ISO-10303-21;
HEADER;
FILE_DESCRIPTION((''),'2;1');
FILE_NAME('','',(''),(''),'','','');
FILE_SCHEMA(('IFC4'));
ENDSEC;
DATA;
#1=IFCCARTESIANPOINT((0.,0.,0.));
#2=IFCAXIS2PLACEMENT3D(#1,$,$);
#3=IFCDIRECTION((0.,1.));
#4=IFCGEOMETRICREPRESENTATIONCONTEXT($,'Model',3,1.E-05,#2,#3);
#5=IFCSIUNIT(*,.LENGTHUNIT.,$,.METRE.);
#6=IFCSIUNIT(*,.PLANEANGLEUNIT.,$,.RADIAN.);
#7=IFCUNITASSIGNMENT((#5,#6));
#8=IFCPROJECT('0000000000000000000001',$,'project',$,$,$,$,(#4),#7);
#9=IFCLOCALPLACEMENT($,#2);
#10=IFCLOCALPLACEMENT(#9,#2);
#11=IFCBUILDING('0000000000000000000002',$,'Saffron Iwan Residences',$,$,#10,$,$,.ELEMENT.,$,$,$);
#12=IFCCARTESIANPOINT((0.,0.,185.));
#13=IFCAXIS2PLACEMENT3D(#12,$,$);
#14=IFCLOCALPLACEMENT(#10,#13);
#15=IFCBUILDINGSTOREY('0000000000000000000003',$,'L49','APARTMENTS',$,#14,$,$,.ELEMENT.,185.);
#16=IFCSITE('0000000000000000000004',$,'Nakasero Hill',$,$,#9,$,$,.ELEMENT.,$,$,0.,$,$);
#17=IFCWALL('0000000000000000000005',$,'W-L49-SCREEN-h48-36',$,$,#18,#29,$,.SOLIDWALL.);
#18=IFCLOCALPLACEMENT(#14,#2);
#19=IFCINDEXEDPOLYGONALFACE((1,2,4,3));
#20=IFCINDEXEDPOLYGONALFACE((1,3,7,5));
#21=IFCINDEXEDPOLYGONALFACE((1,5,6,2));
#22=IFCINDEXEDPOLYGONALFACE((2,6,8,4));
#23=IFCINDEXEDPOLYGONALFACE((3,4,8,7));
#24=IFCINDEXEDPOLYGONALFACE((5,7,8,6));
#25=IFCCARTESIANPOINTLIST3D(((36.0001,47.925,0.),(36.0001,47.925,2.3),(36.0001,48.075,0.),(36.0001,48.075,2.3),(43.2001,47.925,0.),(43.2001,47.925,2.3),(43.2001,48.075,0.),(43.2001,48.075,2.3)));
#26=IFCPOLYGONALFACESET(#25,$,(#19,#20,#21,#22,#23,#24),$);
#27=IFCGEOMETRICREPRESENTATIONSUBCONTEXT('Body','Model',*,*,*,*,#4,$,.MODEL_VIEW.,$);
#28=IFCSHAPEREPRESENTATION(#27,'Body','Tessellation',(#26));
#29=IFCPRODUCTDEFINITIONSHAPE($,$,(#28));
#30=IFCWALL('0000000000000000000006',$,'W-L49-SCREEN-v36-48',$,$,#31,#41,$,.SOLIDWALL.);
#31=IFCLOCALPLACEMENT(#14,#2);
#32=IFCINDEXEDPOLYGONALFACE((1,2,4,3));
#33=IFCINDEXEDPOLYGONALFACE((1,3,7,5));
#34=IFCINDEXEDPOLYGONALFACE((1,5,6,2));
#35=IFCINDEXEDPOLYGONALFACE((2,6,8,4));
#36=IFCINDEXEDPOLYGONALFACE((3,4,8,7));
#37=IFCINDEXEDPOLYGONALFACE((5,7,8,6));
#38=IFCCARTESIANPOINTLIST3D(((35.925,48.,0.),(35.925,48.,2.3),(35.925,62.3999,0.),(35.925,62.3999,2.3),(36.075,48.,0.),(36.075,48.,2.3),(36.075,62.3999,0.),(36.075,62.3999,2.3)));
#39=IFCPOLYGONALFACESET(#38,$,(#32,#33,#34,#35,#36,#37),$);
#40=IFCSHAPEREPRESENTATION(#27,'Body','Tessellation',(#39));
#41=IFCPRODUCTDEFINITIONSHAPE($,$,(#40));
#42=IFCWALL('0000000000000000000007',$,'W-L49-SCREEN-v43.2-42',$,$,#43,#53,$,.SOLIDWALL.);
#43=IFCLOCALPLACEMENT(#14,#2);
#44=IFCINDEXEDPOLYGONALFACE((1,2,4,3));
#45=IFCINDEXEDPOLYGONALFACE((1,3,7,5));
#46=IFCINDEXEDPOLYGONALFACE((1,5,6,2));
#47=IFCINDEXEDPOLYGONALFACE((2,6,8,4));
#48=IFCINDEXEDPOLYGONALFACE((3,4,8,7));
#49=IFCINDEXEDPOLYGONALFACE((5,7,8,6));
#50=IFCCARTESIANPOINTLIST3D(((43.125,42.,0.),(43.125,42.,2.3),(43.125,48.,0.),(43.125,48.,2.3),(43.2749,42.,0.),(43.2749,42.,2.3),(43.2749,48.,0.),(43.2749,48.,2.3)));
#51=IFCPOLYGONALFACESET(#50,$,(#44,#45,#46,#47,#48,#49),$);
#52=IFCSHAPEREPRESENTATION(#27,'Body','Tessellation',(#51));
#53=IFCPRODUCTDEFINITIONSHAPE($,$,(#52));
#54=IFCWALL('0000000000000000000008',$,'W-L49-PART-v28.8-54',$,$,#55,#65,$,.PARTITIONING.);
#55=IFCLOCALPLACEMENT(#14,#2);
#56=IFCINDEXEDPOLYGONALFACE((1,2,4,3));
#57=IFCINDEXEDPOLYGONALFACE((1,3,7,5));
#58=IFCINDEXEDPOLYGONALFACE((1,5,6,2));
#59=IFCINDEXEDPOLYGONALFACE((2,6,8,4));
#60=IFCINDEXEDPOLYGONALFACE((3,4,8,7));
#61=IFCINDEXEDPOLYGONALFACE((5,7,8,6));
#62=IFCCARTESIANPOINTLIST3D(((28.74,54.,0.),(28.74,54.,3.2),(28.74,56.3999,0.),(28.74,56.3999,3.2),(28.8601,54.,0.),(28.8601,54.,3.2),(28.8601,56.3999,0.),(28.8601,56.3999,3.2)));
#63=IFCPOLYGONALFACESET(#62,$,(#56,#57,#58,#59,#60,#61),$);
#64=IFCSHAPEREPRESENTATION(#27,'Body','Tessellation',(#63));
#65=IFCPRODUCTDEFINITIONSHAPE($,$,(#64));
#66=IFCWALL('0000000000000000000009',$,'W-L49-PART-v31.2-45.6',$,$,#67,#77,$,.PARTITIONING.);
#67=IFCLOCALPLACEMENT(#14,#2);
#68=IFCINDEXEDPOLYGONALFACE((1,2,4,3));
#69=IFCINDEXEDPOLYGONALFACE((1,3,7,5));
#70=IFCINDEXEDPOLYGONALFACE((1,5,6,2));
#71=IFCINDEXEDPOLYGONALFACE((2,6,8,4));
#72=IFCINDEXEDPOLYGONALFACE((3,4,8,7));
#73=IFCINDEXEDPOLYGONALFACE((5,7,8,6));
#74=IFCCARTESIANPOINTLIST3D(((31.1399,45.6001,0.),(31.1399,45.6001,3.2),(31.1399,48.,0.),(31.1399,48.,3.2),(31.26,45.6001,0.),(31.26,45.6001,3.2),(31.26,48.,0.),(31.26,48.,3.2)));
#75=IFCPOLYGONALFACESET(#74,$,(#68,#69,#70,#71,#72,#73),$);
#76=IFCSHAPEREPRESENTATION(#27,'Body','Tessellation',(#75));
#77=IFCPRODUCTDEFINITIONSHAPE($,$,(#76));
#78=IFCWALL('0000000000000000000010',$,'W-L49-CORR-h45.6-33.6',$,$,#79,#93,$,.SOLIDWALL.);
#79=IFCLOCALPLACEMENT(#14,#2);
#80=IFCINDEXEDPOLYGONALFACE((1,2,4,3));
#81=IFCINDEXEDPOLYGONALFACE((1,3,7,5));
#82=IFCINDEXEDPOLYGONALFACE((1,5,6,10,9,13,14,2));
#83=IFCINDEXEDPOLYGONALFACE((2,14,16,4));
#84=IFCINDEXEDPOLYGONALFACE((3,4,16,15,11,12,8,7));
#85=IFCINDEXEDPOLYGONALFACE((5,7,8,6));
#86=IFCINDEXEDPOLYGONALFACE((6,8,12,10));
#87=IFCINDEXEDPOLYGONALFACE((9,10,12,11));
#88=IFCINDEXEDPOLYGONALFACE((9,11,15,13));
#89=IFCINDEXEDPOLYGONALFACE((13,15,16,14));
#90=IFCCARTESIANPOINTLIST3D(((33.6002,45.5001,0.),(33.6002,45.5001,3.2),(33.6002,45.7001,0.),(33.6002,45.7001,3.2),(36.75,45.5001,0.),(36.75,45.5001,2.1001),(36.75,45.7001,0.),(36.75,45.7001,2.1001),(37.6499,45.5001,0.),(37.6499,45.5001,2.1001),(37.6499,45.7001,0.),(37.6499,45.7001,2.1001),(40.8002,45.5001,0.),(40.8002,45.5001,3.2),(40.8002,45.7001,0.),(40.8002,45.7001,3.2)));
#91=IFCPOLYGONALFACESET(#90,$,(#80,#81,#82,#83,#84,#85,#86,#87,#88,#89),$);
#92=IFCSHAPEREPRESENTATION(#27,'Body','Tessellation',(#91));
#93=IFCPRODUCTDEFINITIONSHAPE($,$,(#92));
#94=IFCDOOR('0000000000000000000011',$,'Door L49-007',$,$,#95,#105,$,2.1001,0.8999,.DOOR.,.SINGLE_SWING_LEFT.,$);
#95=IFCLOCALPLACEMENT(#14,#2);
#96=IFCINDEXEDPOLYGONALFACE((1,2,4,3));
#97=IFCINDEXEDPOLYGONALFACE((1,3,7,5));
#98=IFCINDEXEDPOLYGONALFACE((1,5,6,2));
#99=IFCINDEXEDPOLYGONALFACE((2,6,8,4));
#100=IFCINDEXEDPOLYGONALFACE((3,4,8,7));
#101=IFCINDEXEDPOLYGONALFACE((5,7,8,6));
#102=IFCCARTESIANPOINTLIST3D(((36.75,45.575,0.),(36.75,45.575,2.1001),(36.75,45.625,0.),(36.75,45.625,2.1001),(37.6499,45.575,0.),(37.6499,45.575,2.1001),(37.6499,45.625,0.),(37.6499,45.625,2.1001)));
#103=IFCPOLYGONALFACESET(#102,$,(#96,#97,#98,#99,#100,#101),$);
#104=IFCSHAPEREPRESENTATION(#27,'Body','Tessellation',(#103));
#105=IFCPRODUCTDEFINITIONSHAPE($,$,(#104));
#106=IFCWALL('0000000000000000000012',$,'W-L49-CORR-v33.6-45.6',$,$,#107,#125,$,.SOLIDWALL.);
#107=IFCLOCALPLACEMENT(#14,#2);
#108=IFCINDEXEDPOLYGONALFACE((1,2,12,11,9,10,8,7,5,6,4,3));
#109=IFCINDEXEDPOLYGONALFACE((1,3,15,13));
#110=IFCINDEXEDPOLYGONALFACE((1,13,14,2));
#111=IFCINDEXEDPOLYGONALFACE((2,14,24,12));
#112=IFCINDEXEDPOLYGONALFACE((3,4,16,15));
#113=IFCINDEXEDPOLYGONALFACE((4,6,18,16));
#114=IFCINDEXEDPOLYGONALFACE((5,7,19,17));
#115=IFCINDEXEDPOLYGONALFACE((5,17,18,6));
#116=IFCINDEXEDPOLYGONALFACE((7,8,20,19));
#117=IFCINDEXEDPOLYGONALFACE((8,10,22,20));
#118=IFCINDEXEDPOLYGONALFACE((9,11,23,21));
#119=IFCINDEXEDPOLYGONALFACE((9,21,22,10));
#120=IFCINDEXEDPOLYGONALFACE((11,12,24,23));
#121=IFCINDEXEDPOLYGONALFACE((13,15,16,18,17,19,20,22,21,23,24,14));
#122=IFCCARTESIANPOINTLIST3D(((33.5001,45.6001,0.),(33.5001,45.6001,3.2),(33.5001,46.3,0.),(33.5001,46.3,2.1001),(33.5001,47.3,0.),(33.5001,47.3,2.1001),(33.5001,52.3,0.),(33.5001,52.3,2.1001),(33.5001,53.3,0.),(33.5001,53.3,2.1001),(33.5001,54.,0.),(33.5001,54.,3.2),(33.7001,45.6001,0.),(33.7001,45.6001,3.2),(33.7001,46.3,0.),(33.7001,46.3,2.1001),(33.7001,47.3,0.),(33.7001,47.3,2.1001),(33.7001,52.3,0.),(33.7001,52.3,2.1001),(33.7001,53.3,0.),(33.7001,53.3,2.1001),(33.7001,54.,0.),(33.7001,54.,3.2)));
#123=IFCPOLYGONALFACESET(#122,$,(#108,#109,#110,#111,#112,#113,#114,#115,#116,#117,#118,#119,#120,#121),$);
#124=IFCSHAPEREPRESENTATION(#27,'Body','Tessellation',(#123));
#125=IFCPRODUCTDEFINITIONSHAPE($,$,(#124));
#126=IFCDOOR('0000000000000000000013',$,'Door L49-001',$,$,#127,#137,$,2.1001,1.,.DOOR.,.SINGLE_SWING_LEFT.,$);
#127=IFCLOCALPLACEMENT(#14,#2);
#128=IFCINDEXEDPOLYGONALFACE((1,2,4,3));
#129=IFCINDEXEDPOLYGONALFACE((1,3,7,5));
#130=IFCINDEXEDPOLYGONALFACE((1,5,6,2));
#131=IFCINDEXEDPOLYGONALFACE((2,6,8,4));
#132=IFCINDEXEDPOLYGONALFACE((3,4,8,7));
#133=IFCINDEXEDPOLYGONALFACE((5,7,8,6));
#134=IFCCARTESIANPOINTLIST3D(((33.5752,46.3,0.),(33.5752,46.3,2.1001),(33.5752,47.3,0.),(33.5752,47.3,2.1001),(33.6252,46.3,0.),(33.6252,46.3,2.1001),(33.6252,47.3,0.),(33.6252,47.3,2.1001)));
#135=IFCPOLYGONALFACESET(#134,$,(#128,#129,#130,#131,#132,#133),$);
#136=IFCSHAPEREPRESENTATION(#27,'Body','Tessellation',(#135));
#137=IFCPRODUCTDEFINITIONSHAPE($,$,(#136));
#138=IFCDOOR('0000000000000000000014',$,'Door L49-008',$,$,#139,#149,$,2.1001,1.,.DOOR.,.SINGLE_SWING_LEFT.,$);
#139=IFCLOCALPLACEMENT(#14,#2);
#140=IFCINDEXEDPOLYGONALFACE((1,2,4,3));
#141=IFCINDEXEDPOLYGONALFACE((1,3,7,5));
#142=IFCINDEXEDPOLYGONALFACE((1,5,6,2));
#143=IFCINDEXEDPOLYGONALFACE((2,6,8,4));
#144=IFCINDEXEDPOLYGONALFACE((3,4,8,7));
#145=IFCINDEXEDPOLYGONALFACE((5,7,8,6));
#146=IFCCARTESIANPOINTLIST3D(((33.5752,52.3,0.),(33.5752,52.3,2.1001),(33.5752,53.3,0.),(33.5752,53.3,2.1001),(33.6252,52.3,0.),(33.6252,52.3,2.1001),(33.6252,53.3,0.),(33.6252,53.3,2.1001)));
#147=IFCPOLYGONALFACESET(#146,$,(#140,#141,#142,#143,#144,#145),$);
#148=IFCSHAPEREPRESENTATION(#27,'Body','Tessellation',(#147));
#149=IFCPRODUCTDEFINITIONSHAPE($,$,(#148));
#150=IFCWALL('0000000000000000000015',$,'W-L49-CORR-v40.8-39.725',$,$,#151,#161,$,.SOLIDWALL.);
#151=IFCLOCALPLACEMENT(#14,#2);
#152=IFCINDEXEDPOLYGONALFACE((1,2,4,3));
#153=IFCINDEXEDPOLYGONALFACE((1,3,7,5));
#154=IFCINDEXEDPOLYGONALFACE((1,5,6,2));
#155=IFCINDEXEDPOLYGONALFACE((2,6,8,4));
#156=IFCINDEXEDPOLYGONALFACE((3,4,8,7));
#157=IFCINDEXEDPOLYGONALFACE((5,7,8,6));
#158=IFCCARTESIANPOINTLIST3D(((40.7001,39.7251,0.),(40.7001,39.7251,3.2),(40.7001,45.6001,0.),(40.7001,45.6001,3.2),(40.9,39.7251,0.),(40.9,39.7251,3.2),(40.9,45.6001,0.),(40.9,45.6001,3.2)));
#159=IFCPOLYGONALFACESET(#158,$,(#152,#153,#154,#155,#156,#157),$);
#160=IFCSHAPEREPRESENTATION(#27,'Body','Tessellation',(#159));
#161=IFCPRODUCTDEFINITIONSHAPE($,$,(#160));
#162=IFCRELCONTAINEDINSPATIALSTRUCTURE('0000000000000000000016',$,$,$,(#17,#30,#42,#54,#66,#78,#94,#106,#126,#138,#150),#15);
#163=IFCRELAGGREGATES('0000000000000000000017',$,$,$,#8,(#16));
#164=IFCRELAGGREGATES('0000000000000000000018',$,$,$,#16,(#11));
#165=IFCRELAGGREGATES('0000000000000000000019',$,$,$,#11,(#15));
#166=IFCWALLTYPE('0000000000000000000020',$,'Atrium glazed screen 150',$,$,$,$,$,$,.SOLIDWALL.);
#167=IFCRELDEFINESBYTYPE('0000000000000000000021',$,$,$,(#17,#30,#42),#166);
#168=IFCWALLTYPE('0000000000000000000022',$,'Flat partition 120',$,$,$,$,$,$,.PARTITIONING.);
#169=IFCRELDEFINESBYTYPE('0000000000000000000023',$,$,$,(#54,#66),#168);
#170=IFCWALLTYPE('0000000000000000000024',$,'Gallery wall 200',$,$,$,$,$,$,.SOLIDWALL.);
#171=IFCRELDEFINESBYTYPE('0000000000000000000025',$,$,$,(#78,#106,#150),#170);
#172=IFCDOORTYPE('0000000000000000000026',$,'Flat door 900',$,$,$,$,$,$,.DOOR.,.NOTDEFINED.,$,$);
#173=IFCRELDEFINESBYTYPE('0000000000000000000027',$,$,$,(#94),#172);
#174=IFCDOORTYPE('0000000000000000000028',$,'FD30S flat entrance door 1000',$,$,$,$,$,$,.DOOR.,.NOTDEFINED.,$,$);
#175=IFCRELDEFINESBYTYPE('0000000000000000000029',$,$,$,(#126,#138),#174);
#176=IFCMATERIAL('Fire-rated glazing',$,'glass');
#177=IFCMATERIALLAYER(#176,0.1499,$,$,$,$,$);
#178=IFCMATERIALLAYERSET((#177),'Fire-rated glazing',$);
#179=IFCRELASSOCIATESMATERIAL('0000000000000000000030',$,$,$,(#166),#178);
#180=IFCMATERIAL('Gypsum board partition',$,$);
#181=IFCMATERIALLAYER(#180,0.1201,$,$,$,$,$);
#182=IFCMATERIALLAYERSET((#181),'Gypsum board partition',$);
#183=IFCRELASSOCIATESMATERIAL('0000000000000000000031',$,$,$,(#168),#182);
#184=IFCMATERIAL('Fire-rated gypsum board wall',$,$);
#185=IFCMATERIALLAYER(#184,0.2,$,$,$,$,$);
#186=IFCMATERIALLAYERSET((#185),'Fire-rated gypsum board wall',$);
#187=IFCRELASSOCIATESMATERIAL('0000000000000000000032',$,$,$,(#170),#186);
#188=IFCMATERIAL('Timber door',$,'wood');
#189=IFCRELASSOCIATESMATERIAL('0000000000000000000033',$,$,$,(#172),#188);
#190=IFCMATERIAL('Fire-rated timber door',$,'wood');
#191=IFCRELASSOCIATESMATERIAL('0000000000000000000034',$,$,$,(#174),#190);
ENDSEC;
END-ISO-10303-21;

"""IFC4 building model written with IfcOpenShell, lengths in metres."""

from ifc_helpers import new_model, si_unit, direction, frame, frame_2d, origin, place, context, subcontext, project, spatial, rectangle, extrude, material, layer, layer_set, type_object, element, fill, save


model = new_model("IFC4")

# Units and contexts
model_context = context("Model", 3, precision=1e-05, world=origin(), true_north=direction((0.0, 1.0)))
body_context = subcontext(model_context, "Body", "Model", "MODEL_VIEW")
ifc_project = project(units=[si_unit("LENGTHUNIT", "METRE"), si_unit("PLANEANGLEUNIT", "RADIAN")], contexts=[model_context])

# Site, building, storey
site_placement = place(None, origin())
site = spatial("IfcSite", under=ifc_project, at=site_placement, Name="Nakasero Hill", CompositionType="ELEMENT", RefElevation=0.0)
building_placement = place(site_placement, origin())
building = spatial("IfcBuilding", under=site, at=building_placement, Name="Saffron Iwan Residences", CompositionType="ELEMENT")
storey_placement = place(building_placement, frame((0.0, 0.0, 185.0)))
storey = spatial("IfcBuildingStorey", under=building, at=storey_placement, Name="L49", Description="APARTMENTS", CompositionType="ELEMENT", Elevation=185.0)

# Walls
ifc_material_1 = material(Name="Fire-rated glazing", Category="glass")
ifc_layer_1 = layer(ifc_material_1, 0.1499)
ifc_layer_set_1 = layer_set([ifc_layer_1], Name="Fire-rated glazing")
wall_type_1 = type_object("IfcWallType", Name="Atrium glazed screen 150", PredefinedType="SOLIDWALL", material=ifc_layer_set_1)
wall_1_placement = place(storey_placement, frame((36.0, 48.0, 0.0), z_axis=(0.0, 0.0, 1.0), x_axis=(1.0, 0.0, 0.0)))
element("IfcWall", 1, at=wall_1_placement, inside=storey, type_object=wall_type_1, Name="W-L49-SCREEN-h48-36", PredefinedType="SOLIDWALL", context=body_context, shape_type="SweptSolid", body=[
    extrude(rectangle(XDim=7.2, YDim=0.1499, at=frame_2d((3.6001, 0.0))), origin(), (0.0, 0.0, 1.0), 2.3),
])
wall_2_placement = place(storey_placement, frame((36.0, 48.0, 0.0), z_axis=(0.0, 0.0, 1.0), x_axis=(0.0, 1.0, 0.0)))
element("IfcWall", 2, at=wall_2_placement, inside=storey, type_object=wall_type_1, Name="W-L49-SCREEN-v36-48", PredefinedType="SOLIDWALL", context=body_context, shape_type="SweptSolid", body=[
    extrude(rectangle(XDim=14.3999, YDim=0.1499, at=frame_2d((7.2, 0.0))), origin(), (0.0, 0.0, 1.0), 2.3),
])
wall_3_placement = place(storey_placement, frame((43.2, 42.0, 0.0), z_axis=(0.0, 0.0, 1.0), x_axis=(0.0, 1.0, 0.0)))
element("IfcWall", 3, at=wall_3_placement, inside=storey, type_object=wall_type_1, Name="W-L49-SCREEN-v43.2-42", PredefinedType="SOLIDWALL", context=body_context, shape_type="SweptSolid", body=[
    extrude(rectangle(XDim=6.0, YDim=0.1499, at=frame_2d((3.0, 0.0))), origin(), (0.0, 0.0, 1.0), 2.3),
])
ifc_material_2 = material(Name="Gypsum board partition")
ifc_layer_2 = layer(ifc_material_2, 0.1201)
ifc_layer_set_2 = layer_set([ifc_layer_2], Name="Gypsum board partition")
wall_type_2 = type_object("IfcWallType", Name="Flat partition 120", PredefinedType="PARTITIONING", material=ifc_layer_set_2)
for number, where, z_axis, x_axis, name in (
    (4, (28.8, 54.0, 0.0), (0.0, 0.0, 1.0), (0.0, 1.0, 0.0), "W-L49-PART-v28.8-54"),
    (5, (31.2, 45.6001, 0.0), (0.0, 0.0, 1.0), (0.0, 1.0, 0.0), "W-L49-PART-v31.2-45.6"),
):
    element("IfcWall", number, at=place(storey_placement, frame(where, z_axis=z_axis, x_axis=x_axis)), inside=storey, type_object=wall_type_2, Name=name, PredefinedType="PARTITIONING", context=body_context, shape_type="SweptSolid", body=[
        extrude(rectangle(XDim=2.3999, YDim=0.1201, at=frame_2d((1.2, 0.0))), origin(), (0.0, 0.0, 1.0), 3.2),
    ])

# Wall, opening, door
ifc_material_3 = material(Name="Fire-rated gypsum board wall")
ifc_layer_3 = layer(ifc_material_3, 0.2)
ifc_layer_set_3 = layer_set([ifc_layer_3], Name="Fire-rated gypsum board wall")
wall_type_3 = type_object("IfcWallType", Name="Gallery wall 200", PredefinedType="SOLIDWALL", material=ifc_layer_set_3)
wall_4_placement = place(storey_placement, frame((33.6001, 45.6001, 0.0), z_axis=(0.0, 0.0, 1.0), x_axis=(1.0, 0.0, 0.0)))
wall_4 = element("IfcWall", 6, at=wall_4_placement, inside=storey, type_object=wall_type_3, Name="W-L49-CORR-h45.6-33.6", PredefinedType="SOLIDWALL", context=body_context, shape_type="SweptSolid", body=[
    extrude(rectangle(XDim=7.2, YDim=0.2, at=frame_2d((3.6001, 0.0))), origin(), (0.0, 0.0, 1.0), 3.2),
])
opening_1_placement = place(wall_4_placement, frame((3.1499, 0.0, 0.0)))
opening_1 = element("IfcOpeningElement", 7, at=opening_1_placement, cuts=wall_4, PredefinedType="OPENING", context=body_context, shape_type="SweptSolid", body=[
    extrude(rectangle(XDim=0.8999, YDim=2.1001, at=frame_2d((0.45, 1.05))), frame((0.0, 0.1099, 0.0), z_axis=(0.0, -1.0, 0.0), x_axis=(1.0, 0.0, 0.0)), (0.0, 0.0, 1.0), 0.22),
])
ifc_material_4 = material(Name="Timber door", Category="wood")
door_type_1 = type_object("IfcDoorType", Name="Flat door 900", OperationType="NOTDEFINED", PredefinedType="DOOR", material=ifc_material_4)
door_1_placement = place(opening_1_placement, origin())
door_1 = element("IfcDoor", 8, at=door_1_placement, inside=storey, type_object=door_type_1, Name="Door L49-007", OperationType="SINGLE_SWING_LEFT", OverallHeight=2.1001, OverallWidth=0.8999, PredefinedType="DOOR", context=body_context, shape_type="SweptSolid", body=[
    extrude(rectangle(XDim=0.8999, YDim=2.1001, at=frame_2d((0.45, 1.05))), frame((0.0, 0.0249, 0.0), z_axis=(0.0, -1.0, 0.0), x_axis=(1.0, 0.0, 0.0)), (0.0, 0.0, 1.0), 0.05),
])
fill(opening_1, door_1)

# Wall, openings, doors
wall_5_placement = place(storey_placement, frame((33.6001, 45.6001, 0.0), z_axis=(0.0, 0.0, 1.0), x_axis=(0.0, 1.0, 0.0)))
wall_5 = element("IfcWall", 9, at=wall_5_placement, inside=storey, type_object=wall_type_3, Name="W-L49-CORR-v33.6-45.6", PredefinedType="SOLIDWALL", context=body_context, shape_type="SweptSolid", body=[
    extrude(rectangle(XDim=8.3999, YDim=0.2, at=frame_2d((4.2, 0.0))), origin(), (0.0, 0.0, 1.0), 3.2),
])
opening_2_placement = place(wall_5_placement, frame((0.7, 0.0, 0.0)))
opening_2 = element("IfcOpeningElement", 10, at=opening_2_placement, cuts=wall_5, PredefinedType="OPENING", context=body_context, shape_type="SweptSolid", body=[
    extrude(rectangle(XDim=1.0, YDim=2.1001, at=frame_2d((0.5, 1.05))), frame((0.0, 0.1099, 0.0), z_axis=(0.0, -1.0, 0.0), x_axis=(1.0, 0.0, 0.0)), (0.0, 0.0, 1.0), 0.22),
])
opening_3_placement = place(wall_5_placement, frame((6.7, 0.0, 0.0)))
opening_3 = element("IfcOpeningElement", 11, at=opening_3_placement, cuts=wall_5, PredefinedType="OPENING", context=body_context, shape_type="SweptSolid", body=[
    extrude(rectangle(XDim=1.0, YDim=2.1001, at=frame_2d((0.5, 1.05))), frame((0.0, 0.1099, 0.0), z_axis=(0.0, -1.0, 0.0), x_axis=(1.0, 0.0, 0.0)), (0.0, 0.0, 1.0), 0.22),
])
ifc_material_5 = material(Name="Fire-rated timber door", Category="wood")
door_type_2 = type_object("IfcDoorType", Name="FD30S flat entrance door 1000", OperationType="NOTDEFINED", PredefinedType="DOOR", material=ifc_material_5)
door_2_placement = place(opening_2_placement, origin())
door_2 = element("IfcDoor", 12, at=door_2_placement, inside=storey, type_object=door_type_2, Name="Door L49-001", OperationType="SINGLE_SWING_LEFT", OverallHeight=2.1001, OverallWidth=1.0, PredefinedType="DOOR", context=body_context, shape_type="SweptSolid", body=[
    extrude(rectangle(XDim=1.0, YDim=2.1001, at=frame_2d((0.5, 1.05))), frame((0.0, 0.0249, 0.0), z_axis=(0.0, -1.0, 0.0), x_axis=(1.0, 0.0, 0.0)), (0.0, 0.0, 1.0), 0.05),
])
fill(opening_2, door_2)
door_3_placement = place(opening_3_placement, origin())
door_3 = element("IfcDoor", 13, at=door_3_placement, inside=storey, type_object=door_type_2, Name="Door L49-008", OperationType="SINGLE_SWING_LEFT", OverallHeight=2.1001, OverallWidth=1.0, PredefinedType="DOOR", context=body_context, shape_type="SweptSolid", body=[
    extrude(rectangle(XDim=1.0, YDim=2.1001, at=frame_2d((0.5, 1.05))), frame((0.0, 0.0249, 0.0), z_axis=(0.0, -1.0, 0.0), x_axis=(1.0, 0.0, 0.0)), (0.0, 0.0, 1.0), 0.05),
])
fill(opening_3, door_3)

# Wall
wall_6_placement = place(storey_placement, frame((40.8, 39.7251, 0.0), z_axis=(0.0, 0.0, 1.0), x_axis=(0.0, 1.0, 0.0)))
element("IfcWall", 14, at=wall_6_placement, inside=storey, type_object=wall_type_3, Name="W-L49-CORR-v40.8-39.725", PredefinedType="SOLIDWALL", context=body_context, shape_type="SweptSolid", body=[
    extrude(rectangle(XDim=5.875, YDim=0.2, at=frame_2d((2.9375, 0.0))), origin(), (0.0, 0.0, 1.0), 3.2),
])

save(model, "model.ifc")
